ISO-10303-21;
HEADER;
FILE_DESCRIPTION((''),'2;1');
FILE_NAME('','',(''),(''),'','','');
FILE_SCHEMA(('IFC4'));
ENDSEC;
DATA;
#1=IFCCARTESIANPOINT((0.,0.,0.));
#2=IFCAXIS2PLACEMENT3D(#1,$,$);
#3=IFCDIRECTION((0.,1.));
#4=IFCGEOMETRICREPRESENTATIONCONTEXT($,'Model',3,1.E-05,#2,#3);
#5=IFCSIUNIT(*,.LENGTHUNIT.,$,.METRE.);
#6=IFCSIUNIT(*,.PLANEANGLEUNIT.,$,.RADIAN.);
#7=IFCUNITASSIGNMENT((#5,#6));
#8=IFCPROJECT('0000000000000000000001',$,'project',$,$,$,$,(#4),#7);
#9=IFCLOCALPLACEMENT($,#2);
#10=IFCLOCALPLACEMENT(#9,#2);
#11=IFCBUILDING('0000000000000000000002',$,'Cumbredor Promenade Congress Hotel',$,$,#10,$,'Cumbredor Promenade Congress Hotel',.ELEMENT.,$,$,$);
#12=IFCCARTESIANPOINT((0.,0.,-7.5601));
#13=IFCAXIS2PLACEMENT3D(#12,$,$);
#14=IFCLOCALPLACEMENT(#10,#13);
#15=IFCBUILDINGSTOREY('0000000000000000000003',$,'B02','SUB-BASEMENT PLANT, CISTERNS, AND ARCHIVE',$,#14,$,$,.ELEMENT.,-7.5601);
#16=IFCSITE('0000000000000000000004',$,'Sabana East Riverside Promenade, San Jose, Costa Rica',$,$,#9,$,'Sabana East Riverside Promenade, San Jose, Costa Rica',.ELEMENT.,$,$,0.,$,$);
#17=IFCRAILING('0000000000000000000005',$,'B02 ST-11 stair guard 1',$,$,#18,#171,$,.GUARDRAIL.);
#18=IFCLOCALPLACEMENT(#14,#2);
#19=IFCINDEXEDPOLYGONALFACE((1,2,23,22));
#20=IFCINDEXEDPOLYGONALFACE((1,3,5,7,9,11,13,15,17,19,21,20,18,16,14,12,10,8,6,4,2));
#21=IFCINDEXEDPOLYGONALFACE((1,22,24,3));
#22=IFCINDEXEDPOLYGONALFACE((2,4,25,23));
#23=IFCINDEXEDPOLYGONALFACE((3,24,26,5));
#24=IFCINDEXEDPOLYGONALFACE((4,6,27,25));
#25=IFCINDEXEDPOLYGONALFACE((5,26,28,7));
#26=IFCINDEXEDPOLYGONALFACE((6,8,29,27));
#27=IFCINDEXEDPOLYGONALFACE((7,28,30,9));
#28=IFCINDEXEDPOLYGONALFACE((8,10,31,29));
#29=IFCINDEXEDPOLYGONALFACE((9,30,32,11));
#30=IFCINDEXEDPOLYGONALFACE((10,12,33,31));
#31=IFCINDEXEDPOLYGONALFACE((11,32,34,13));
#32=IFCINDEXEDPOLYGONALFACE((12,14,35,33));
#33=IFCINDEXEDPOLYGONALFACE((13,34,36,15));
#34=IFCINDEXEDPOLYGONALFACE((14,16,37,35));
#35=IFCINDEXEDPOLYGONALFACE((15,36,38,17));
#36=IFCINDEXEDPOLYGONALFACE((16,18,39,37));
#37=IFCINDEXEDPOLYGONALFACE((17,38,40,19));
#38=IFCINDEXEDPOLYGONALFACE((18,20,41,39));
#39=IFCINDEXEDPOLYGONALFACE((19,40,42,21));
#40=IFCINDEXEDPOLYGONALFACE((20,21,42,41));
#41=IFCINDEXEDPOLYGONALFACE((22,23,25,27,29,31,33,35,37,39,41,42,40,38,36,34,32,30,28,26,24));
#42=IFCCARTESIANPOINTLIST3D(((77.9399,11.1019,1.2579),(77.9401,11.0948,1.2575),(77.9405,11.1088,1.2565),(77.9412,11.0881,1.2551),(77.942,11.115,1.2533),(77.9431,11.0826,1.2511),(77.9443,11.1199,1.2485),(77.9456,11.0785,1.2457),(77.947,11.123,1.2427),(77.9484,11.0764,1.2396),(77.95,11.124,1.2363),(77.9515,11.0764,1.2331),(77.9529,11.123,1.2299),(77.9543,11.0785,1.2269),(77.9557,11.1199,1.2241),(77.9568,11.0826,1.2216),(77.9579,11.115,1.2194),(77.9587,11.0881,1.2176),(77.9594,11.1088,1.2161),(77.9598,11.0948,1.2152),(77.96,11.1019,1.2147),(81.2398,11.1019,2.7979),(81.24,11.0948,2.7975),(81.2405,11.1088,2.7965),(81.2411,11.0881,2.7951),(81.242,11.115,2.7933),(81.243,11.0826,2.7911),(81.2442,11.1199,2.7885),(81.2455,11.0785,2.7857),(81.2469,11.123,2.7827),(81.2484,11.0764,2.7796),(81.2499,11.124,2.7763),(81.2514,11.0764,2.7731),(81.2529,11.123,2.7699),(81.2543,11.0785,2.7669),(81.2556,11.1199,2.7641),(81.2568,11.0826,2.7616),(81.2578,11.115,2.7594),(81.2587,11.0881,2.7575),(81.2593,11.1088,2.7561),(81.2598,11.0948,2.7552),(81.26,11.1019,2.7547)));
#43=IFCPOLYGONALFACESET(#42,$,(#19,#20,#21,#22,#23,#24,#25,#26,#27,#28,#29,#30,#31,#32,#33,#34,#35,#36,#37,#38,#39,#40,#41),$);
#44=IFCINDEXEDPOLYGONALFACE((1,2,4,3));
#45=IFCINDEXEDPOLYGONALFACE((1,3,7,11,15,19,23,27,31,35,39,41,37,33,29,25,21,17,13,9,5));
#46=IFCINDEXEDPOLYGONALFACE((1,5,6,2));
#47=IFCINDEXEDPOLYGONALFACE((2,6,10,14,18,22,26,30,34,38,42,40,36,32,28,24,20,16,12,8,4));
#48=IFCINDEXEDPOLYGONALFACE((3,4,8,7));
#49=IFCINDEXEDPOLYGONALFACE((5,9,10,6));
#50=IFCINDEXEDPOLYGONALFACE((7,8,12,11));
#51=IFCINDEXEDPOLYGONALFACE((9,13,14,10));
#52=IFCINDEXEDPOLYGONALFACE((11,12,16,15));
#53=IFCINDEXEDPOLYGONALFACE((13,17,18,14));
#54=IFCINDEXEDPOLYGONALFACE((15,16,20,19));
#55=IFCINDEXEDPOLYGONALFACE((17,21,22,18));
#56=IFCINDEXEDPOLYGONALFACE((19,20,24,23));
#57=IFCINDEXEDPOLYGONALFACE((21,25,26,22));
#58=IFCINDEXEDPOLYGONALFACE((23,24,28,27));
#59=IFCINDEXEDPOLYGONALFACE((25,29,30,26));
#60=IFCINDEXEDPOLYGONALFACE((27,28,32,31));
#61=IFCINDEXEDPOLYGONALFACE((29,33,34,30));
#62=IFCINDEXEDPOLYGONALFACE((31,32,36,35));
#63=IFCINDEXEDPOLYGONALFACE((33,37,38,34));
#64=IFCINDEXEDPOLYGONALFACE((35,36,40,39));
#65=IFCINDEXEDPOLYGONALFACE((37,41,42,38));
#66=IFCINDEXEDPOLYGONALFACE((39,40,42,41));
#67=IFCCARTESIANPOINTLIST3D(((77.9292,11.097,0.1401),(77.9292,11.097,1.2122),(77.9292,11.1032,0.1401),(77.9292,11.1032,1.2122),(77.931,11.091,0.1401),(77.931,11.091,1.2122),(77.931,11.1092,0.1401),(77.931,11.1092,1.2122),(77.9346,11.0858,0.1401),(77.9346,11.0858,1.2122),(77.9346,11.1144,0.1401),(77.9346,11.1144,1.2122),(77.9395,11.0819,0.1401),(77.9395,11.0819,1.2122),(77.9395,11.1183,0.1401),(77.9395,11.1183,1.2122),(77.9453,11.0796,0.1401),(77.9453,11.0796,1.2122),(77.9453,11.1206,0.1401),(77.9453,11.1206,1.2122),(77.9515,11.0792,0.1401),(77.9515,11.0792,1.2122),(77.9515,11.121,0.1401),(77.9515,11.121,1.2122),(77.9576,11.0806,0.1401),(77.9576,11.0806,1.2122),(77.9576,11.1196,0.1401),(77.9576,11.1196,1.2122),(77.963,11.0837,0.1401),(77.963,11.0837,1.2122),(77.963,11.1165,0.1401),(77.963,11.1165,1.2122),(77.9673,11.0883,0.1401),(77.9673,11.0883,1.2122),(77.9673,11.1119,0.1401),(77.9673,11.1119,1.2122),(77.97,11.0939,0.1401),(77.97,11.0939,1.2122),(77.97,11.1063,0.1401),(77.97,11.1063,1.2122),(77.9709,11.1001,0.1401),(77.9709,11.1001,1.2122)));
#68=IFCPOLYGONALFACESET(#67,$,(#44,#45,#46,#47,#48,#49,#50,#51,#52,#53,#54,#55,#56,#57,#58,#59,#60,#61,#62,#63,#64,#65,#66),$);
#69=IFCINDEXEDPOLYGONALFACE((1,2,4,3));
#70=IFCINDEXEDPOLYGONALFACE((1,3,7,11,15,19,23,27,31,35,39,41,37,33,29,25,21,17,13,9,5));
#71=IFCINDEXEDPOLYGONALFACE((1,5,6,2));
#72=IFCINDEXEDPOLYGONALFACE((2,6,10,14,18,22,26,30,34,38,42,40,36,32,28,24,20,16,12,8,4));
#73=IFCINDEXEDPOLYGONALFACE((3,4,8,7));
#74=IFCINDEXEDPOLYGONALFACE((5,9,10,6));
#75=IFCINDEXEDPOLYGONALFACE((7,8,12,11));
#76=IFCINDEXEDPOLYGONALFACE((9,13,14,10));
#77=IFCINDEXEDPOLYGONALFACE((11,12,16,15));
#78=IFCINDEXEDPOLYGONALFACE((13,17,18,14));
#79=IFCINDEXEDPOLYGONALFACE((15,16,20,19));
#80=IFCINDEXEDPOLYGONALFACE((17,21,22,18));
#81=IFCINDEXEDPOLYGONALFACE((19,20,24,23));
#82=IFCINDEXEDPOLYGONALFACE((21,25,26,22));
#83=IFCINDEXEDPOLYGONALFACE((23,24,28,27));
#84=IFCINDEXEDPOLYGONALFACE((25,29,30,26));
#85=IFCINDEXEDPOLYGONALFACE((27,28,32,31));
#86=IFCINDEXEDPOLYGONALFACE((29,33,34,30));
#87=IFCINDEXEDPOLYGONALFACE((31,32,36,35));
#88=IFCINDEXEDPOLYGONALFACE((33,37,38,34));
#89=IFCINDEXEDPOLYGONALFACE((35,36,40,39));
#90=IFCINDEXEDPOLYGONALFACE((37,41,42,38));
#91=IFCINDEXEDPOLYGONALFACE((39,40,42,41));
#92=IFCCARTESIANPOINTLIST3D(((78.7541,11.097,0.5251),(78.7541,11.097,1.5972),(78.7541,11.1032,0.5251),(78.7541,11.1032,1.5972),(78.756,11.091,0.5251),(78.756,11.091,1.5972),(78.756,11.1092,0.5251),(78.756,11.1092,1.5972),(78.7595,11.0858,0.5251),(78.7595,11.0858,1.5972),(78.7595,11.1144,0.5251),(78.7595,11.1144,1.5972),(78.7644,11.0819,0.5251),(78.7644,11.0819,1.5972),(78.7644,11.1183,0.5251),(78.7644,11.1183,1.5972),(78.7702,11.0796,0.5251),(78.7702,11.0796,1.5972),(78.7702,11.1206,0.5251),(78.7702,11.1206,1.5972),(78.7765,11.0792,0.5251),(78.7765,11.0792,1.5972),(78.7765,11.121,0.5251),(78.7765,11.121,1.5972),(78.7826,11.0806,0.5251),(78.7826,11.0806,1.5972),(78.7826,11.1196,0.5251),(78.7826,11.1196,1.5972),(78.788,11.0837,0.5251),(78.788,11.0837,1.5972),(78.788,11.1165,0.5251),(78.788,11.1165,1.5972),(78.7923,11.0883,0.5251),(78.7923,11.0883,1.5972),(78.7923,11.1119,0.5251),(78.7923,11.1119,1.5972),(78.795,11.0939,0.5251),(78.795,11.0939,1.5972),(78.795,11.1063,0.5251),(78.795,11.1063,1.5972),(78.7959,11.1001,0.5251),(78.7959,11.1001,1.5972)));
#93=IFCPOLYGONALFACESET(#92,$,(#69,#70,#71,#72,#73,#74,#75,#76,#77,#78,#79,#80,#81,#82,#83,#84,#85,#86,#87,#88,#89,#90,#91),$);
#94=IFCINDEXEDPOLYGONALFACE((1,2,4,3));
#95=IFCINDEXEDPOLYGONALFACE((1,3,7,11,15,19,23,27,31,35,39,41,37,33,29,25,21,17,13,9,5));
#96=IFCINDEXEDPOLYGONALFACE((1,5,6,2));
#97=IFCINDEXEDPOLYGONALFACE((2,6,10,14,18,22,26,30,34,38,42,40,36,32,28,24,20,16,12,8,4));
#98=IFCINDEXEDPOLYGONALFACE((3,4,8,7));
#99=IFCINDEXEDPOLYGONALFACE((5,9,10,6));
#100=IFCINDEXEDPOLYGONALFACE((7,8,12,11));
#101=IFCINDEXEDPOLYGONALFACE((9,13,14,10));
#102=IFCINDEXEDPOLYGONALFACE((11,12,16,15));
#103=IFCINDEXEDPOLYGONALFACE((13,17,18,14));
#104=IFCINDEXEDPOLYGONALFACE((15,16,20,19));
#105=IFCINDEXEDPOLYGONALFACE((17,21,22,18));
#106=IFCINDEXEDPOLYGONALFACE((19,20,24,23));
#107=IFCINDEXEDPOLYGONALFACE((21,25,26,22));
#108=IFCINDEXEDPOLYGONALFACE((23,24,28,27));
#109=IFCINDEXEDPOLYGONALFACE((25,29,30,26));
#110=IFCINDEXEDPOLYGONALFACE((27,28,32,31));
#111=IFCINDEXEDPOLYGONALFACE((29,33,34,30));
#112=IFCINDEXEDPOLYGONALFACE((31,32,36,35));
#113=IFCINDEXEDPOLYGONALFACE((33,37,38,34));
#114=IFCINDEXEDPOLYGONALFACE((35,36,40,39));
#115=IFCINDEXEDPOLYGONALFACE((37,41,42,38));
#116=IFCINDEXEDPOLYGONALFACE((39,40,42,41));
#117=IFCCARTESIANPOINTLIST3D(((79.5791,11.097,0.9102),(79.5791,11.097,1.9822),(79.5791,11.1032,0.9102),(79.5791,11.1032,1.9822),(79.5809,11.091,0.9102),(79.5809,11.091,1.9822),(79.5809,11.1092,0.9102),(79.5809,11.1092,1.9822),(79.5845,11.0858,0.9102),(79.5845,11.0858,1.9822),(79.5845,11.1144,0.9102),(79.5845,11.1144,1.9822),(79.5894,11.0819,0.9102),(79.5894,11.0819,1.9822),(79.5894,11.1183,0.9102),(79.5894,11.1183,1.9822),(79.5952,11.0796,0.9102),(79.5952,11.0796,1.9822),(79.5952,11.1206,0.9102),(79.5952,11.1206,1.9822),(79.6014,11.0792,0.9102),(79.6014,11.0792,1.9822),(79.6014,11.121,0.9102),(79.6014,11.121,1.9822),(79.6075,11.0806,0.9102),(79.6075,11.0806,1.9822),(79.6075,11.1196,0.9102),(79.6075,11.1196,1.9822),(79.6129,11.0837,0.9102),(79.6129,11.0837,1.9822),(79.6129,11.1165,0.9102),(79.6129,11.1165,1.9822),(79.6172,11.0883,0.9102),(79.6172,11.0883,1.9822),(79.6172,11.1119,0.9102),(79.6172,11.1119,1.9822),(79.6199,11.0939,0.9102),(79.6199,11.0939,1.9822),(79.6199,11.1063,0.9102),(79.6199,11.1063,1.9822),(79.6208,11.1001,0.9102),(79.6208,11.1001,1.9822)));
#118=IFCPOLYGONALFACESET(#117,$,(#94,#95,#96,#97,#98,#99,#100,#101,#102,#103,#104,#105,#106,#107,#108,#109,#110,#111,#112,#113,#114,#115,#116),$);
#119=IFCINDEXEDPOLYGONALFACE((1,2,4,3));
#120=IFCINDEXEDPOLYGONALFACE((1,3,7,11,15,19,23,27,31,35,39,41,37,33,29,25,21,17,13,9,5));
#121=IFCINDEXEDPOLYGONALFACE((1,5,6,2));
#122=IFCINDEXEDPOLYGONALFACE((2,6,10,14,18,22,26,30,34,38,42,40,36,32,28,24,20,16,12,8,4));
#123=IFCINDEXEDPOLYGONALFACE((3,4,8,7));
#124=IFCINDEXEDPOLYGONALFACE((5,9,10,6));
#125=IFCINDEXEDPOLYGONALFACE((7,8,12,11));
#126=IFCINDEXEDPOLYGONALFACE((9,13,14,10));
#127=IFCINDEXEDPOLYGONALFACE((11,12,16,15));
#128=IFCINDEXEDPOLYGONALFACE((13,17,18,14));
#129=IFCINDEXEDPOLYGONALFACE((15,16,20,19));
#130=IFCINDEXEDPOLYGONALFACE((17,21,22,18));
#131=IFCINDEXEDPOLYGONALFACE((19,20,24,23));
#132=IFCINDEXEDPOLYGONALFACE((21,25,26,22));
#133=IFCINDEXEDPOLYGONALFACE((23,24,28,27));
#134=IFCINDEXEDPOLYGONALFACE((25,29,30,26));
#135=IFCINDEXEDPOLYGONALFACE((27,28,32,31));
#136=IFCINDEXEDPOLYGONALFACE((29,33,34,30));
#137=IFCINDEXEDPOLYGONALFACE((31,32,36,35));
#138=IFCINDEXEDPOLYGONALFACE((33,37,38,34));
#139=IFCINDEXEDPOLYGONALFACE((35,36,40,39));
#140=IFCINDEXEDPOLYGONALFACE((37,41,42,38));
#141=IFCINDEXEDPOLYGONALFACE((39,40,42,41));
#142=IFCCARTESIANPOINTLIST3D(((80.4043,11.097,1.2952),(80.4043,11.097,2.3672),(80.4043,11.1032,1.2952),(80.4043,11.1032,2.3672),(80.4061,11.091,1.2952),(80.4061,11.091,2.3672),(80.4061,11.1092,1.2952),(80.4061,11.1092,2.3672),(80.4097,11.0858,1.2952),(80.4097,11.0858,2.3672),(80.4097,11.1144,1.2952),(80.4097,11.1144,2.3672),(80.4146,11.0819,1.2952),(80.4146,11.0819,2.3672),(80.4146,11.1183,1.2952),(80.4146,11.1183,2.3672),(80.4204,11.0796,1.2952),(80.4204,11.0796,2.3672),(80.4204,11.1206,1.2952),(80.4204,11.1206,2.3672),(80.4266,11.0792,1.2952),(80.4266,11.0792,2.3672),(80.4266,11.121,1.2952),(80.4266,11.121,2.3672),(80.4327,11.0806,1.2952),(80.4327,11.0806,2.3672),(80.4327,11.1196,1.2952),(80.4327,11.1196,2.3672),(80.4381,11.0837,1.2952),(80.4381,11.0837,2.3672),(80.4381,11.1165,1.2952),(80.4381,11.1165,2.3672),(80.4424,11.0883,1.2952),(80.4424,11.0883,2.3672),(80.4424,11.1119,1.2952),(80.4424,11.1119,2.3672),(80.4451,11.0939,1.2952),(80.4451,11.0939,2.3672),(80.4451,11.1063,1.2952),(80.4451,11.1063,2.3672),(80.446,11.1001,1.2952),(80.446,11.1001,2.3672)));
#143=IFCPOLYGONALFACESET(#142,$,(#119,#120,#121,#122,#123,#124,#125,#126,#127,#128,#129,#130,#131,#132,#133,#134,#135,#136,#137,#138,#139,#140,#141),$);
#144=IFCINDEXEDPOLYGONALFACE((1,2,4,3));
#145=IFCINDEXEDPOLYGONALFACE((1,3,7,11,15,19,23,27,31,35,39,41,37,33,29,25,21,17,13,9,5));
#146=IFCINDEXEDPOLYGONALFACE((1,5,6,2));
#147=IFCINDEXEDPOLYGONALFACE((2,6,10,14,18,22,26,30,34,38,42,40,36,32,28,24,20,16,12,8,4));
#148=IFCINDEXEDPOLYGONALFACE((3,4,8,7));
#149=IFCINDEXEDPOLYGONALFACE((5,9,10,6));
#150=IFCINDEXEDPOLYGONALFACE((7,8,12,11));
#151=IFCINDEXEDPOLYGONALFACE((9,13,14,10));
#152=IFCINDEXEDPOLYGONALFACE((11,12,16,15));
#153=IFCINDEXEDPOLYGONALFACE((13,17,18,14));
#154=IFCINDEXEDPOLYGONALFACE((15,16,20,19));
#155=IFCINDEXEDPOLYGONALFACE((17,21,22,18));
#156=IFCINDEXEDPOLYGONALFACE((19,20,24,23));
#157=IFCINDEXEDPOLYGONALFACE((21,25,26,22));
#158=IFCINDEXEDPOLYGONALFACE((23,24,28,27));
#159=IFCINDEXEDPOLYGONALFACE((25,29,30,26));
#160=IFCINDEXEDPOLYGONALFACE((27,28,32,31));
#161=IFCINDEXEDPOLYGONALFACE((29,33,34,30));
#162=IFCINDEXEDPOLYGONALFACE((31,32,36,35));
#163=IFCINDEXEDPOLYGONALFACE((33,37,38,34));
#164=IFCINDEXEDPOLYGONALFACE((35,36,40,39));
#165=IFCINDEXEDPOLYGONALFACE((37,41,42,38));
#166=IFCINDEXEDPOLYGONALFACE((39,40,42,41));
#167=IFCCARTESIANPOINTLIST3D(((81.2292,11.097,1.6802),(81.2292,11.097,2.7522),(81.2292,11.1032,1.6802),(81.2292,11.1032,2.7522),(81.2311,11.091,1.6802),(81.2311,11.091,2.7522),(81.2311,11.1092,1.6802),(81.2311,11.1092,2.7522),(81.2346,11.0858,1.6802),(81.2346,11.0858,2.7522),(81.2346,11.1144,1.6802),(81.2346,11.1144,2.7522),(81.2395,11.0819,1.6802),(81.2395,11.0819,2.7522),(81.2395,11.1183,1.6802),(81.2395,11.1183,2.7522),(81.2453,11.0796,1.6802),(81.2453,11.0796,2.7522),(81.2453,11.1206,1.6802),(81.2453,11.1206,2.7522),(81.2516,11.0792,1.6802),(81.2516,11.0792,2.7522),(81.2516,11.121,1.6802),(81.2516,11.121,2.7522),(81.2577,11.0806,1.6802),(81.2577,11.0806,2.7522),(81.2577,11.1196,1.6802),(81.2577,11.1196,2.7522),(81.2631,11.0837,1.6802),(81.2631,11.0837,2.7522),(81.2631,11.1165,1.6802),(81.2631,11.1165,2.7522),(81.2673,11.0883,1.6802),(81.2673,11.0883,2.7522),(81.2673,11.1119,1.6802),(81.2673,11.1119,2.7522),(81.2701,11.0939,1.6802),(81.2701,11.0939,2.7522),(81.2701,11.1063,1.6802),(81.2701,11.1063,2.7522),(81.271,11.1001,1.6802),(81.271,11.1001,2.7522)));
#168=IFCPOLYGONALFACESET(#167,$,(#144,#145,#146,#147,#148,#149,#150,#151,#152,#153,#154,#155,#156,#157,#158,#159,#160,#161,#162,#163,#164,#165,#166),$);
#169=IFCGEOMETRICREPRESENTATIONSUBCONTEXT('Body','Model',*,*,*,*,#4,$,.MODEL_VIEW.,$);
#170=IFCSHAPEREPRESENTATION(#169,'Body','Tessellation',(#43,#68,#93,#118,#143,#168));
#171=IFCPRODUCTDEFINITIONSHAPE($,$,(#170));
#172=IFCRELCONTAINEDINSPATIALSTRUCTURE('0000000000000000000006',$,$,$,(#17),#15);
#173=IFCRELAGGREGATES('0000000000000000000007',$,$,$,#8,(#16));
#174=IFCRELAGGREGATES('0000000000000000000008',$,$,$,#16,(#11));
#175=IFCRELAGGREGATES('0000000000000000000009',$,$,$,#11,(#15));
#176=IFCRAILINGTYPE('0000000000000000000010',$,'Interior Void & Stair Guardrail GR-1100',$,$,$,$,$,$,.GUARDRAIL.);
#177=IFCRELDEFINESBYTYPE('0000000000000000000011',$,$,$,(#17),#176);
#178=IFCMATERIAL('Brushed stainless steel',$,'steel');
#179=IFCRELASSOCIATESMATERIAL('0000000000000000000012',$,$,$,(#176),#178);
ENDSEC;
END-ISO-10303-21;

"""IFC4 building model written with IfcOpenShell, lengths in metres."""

from ifc_helpers import new_model, si_unit, direction, frame, origin, origin_2d, place, context, subcontext, project, spatial, circle, extrude, material, type_object, element, save


model = new_model("IFC4")

# Units and contexts
model_context = context("Model", 3, precision=1e-05, world=origin(), true_north=direction((0.0, 1.0)))
body_context = subcontext(model_context, "Body", "Model", "MODEL_VIEW")
ifc_project = project(units=[si_unit("LENGTHUNIT", "METRE"), si_unit("PLANEANGLEUNIT", "RADIAN")], contexts=[model_context])

# Site, building, storey
site_placement = place(None, origin())
site = spatial("IfcSite", under=ifc_project, at=site_placement, Name="Sabana East Riverside Promenade, San Jose, Costa Rica", LongName="Sabana East Riverside Promenade, San Jose, Costa Rica", CompositionType="ELEMENT", RefElevation=0.0)
building_placement = place(site_placement, origin())
building = spatial("IfcBuilding", under=site, at=building_placement, Name="Cumbredor Promenade Congress Hotel", LongName="Cumbredor Promenade Congress Hotel", CompositionType="ELEMENT")
storey_placement = place(building_placement, frame((0.0, 0.0, -7.5601)))
storey = spatial("IfcBuildingStorey", under=building, at=storey_placement, Name="B02", Description="SUB-BASEMENT PLANT, CISTERNS, AND ARCHIVE", CompositionType="ELEMENT", Elevation=-7.5601)

# Railing
ifc_material_1 = material(Name="Brushed stainless steel", Category="steel")
railing_type_1 = type_object("IfcRailingType", Name="Interior Void & Stair Guardrail GR-1100", PredefinedType="GUARDRAIL", material=ifc_material_1)
railing_1_placement = place(storey_placement, frame((77.95, 11.1001, 0.1401)))
element("IfcRailing", 1, at=railing_1_placement, inside=storey, type_object=railing_type_1, Name="B02 ST-11 stair guard 1", PredefinedType="GUARDRAIL", context=body_context, shape_type="SweptSolid", body=[
    extrude(circle(Radius=0.0239, at=origin_2d()), frame((0.0, 0.0, 1.0962), z_axis=(0.906181, 0.0, 0.422889), x_axis=(0.0, 1.0, 0.0)), (0.0, 0.0, 1.0), 3.6416),
    extrude(circle(Radius=0.021, at=origin_2d()), origin(), (0.0, 0.0, 1.0), 1.072),
    extrude(circle(Radius=0.021, at=origin_2d()), frame((0.825, 0.0, 0.385)), (0.0, 0.0, 1.0), 1.072),
    extrude(circle(Radius=0.021, at=origin_2d()), frame((1.6499, 0.0, 0.77)), (0.0, 0.0, 1.0), 1.072),
    extrude(circle(Radius=0.021, at=origin_2d()), frame((2.4751, 0.0, 1.155)), (0.0, 0.0, 1.0), 1.072),
    extrude(circle(Radius=0.021, at=origin_2d()), frame((3.3, 0.0, 1.54)), (0.0, 0.0, 1.0), 1.072),
])

save(model, "model.ifc")
